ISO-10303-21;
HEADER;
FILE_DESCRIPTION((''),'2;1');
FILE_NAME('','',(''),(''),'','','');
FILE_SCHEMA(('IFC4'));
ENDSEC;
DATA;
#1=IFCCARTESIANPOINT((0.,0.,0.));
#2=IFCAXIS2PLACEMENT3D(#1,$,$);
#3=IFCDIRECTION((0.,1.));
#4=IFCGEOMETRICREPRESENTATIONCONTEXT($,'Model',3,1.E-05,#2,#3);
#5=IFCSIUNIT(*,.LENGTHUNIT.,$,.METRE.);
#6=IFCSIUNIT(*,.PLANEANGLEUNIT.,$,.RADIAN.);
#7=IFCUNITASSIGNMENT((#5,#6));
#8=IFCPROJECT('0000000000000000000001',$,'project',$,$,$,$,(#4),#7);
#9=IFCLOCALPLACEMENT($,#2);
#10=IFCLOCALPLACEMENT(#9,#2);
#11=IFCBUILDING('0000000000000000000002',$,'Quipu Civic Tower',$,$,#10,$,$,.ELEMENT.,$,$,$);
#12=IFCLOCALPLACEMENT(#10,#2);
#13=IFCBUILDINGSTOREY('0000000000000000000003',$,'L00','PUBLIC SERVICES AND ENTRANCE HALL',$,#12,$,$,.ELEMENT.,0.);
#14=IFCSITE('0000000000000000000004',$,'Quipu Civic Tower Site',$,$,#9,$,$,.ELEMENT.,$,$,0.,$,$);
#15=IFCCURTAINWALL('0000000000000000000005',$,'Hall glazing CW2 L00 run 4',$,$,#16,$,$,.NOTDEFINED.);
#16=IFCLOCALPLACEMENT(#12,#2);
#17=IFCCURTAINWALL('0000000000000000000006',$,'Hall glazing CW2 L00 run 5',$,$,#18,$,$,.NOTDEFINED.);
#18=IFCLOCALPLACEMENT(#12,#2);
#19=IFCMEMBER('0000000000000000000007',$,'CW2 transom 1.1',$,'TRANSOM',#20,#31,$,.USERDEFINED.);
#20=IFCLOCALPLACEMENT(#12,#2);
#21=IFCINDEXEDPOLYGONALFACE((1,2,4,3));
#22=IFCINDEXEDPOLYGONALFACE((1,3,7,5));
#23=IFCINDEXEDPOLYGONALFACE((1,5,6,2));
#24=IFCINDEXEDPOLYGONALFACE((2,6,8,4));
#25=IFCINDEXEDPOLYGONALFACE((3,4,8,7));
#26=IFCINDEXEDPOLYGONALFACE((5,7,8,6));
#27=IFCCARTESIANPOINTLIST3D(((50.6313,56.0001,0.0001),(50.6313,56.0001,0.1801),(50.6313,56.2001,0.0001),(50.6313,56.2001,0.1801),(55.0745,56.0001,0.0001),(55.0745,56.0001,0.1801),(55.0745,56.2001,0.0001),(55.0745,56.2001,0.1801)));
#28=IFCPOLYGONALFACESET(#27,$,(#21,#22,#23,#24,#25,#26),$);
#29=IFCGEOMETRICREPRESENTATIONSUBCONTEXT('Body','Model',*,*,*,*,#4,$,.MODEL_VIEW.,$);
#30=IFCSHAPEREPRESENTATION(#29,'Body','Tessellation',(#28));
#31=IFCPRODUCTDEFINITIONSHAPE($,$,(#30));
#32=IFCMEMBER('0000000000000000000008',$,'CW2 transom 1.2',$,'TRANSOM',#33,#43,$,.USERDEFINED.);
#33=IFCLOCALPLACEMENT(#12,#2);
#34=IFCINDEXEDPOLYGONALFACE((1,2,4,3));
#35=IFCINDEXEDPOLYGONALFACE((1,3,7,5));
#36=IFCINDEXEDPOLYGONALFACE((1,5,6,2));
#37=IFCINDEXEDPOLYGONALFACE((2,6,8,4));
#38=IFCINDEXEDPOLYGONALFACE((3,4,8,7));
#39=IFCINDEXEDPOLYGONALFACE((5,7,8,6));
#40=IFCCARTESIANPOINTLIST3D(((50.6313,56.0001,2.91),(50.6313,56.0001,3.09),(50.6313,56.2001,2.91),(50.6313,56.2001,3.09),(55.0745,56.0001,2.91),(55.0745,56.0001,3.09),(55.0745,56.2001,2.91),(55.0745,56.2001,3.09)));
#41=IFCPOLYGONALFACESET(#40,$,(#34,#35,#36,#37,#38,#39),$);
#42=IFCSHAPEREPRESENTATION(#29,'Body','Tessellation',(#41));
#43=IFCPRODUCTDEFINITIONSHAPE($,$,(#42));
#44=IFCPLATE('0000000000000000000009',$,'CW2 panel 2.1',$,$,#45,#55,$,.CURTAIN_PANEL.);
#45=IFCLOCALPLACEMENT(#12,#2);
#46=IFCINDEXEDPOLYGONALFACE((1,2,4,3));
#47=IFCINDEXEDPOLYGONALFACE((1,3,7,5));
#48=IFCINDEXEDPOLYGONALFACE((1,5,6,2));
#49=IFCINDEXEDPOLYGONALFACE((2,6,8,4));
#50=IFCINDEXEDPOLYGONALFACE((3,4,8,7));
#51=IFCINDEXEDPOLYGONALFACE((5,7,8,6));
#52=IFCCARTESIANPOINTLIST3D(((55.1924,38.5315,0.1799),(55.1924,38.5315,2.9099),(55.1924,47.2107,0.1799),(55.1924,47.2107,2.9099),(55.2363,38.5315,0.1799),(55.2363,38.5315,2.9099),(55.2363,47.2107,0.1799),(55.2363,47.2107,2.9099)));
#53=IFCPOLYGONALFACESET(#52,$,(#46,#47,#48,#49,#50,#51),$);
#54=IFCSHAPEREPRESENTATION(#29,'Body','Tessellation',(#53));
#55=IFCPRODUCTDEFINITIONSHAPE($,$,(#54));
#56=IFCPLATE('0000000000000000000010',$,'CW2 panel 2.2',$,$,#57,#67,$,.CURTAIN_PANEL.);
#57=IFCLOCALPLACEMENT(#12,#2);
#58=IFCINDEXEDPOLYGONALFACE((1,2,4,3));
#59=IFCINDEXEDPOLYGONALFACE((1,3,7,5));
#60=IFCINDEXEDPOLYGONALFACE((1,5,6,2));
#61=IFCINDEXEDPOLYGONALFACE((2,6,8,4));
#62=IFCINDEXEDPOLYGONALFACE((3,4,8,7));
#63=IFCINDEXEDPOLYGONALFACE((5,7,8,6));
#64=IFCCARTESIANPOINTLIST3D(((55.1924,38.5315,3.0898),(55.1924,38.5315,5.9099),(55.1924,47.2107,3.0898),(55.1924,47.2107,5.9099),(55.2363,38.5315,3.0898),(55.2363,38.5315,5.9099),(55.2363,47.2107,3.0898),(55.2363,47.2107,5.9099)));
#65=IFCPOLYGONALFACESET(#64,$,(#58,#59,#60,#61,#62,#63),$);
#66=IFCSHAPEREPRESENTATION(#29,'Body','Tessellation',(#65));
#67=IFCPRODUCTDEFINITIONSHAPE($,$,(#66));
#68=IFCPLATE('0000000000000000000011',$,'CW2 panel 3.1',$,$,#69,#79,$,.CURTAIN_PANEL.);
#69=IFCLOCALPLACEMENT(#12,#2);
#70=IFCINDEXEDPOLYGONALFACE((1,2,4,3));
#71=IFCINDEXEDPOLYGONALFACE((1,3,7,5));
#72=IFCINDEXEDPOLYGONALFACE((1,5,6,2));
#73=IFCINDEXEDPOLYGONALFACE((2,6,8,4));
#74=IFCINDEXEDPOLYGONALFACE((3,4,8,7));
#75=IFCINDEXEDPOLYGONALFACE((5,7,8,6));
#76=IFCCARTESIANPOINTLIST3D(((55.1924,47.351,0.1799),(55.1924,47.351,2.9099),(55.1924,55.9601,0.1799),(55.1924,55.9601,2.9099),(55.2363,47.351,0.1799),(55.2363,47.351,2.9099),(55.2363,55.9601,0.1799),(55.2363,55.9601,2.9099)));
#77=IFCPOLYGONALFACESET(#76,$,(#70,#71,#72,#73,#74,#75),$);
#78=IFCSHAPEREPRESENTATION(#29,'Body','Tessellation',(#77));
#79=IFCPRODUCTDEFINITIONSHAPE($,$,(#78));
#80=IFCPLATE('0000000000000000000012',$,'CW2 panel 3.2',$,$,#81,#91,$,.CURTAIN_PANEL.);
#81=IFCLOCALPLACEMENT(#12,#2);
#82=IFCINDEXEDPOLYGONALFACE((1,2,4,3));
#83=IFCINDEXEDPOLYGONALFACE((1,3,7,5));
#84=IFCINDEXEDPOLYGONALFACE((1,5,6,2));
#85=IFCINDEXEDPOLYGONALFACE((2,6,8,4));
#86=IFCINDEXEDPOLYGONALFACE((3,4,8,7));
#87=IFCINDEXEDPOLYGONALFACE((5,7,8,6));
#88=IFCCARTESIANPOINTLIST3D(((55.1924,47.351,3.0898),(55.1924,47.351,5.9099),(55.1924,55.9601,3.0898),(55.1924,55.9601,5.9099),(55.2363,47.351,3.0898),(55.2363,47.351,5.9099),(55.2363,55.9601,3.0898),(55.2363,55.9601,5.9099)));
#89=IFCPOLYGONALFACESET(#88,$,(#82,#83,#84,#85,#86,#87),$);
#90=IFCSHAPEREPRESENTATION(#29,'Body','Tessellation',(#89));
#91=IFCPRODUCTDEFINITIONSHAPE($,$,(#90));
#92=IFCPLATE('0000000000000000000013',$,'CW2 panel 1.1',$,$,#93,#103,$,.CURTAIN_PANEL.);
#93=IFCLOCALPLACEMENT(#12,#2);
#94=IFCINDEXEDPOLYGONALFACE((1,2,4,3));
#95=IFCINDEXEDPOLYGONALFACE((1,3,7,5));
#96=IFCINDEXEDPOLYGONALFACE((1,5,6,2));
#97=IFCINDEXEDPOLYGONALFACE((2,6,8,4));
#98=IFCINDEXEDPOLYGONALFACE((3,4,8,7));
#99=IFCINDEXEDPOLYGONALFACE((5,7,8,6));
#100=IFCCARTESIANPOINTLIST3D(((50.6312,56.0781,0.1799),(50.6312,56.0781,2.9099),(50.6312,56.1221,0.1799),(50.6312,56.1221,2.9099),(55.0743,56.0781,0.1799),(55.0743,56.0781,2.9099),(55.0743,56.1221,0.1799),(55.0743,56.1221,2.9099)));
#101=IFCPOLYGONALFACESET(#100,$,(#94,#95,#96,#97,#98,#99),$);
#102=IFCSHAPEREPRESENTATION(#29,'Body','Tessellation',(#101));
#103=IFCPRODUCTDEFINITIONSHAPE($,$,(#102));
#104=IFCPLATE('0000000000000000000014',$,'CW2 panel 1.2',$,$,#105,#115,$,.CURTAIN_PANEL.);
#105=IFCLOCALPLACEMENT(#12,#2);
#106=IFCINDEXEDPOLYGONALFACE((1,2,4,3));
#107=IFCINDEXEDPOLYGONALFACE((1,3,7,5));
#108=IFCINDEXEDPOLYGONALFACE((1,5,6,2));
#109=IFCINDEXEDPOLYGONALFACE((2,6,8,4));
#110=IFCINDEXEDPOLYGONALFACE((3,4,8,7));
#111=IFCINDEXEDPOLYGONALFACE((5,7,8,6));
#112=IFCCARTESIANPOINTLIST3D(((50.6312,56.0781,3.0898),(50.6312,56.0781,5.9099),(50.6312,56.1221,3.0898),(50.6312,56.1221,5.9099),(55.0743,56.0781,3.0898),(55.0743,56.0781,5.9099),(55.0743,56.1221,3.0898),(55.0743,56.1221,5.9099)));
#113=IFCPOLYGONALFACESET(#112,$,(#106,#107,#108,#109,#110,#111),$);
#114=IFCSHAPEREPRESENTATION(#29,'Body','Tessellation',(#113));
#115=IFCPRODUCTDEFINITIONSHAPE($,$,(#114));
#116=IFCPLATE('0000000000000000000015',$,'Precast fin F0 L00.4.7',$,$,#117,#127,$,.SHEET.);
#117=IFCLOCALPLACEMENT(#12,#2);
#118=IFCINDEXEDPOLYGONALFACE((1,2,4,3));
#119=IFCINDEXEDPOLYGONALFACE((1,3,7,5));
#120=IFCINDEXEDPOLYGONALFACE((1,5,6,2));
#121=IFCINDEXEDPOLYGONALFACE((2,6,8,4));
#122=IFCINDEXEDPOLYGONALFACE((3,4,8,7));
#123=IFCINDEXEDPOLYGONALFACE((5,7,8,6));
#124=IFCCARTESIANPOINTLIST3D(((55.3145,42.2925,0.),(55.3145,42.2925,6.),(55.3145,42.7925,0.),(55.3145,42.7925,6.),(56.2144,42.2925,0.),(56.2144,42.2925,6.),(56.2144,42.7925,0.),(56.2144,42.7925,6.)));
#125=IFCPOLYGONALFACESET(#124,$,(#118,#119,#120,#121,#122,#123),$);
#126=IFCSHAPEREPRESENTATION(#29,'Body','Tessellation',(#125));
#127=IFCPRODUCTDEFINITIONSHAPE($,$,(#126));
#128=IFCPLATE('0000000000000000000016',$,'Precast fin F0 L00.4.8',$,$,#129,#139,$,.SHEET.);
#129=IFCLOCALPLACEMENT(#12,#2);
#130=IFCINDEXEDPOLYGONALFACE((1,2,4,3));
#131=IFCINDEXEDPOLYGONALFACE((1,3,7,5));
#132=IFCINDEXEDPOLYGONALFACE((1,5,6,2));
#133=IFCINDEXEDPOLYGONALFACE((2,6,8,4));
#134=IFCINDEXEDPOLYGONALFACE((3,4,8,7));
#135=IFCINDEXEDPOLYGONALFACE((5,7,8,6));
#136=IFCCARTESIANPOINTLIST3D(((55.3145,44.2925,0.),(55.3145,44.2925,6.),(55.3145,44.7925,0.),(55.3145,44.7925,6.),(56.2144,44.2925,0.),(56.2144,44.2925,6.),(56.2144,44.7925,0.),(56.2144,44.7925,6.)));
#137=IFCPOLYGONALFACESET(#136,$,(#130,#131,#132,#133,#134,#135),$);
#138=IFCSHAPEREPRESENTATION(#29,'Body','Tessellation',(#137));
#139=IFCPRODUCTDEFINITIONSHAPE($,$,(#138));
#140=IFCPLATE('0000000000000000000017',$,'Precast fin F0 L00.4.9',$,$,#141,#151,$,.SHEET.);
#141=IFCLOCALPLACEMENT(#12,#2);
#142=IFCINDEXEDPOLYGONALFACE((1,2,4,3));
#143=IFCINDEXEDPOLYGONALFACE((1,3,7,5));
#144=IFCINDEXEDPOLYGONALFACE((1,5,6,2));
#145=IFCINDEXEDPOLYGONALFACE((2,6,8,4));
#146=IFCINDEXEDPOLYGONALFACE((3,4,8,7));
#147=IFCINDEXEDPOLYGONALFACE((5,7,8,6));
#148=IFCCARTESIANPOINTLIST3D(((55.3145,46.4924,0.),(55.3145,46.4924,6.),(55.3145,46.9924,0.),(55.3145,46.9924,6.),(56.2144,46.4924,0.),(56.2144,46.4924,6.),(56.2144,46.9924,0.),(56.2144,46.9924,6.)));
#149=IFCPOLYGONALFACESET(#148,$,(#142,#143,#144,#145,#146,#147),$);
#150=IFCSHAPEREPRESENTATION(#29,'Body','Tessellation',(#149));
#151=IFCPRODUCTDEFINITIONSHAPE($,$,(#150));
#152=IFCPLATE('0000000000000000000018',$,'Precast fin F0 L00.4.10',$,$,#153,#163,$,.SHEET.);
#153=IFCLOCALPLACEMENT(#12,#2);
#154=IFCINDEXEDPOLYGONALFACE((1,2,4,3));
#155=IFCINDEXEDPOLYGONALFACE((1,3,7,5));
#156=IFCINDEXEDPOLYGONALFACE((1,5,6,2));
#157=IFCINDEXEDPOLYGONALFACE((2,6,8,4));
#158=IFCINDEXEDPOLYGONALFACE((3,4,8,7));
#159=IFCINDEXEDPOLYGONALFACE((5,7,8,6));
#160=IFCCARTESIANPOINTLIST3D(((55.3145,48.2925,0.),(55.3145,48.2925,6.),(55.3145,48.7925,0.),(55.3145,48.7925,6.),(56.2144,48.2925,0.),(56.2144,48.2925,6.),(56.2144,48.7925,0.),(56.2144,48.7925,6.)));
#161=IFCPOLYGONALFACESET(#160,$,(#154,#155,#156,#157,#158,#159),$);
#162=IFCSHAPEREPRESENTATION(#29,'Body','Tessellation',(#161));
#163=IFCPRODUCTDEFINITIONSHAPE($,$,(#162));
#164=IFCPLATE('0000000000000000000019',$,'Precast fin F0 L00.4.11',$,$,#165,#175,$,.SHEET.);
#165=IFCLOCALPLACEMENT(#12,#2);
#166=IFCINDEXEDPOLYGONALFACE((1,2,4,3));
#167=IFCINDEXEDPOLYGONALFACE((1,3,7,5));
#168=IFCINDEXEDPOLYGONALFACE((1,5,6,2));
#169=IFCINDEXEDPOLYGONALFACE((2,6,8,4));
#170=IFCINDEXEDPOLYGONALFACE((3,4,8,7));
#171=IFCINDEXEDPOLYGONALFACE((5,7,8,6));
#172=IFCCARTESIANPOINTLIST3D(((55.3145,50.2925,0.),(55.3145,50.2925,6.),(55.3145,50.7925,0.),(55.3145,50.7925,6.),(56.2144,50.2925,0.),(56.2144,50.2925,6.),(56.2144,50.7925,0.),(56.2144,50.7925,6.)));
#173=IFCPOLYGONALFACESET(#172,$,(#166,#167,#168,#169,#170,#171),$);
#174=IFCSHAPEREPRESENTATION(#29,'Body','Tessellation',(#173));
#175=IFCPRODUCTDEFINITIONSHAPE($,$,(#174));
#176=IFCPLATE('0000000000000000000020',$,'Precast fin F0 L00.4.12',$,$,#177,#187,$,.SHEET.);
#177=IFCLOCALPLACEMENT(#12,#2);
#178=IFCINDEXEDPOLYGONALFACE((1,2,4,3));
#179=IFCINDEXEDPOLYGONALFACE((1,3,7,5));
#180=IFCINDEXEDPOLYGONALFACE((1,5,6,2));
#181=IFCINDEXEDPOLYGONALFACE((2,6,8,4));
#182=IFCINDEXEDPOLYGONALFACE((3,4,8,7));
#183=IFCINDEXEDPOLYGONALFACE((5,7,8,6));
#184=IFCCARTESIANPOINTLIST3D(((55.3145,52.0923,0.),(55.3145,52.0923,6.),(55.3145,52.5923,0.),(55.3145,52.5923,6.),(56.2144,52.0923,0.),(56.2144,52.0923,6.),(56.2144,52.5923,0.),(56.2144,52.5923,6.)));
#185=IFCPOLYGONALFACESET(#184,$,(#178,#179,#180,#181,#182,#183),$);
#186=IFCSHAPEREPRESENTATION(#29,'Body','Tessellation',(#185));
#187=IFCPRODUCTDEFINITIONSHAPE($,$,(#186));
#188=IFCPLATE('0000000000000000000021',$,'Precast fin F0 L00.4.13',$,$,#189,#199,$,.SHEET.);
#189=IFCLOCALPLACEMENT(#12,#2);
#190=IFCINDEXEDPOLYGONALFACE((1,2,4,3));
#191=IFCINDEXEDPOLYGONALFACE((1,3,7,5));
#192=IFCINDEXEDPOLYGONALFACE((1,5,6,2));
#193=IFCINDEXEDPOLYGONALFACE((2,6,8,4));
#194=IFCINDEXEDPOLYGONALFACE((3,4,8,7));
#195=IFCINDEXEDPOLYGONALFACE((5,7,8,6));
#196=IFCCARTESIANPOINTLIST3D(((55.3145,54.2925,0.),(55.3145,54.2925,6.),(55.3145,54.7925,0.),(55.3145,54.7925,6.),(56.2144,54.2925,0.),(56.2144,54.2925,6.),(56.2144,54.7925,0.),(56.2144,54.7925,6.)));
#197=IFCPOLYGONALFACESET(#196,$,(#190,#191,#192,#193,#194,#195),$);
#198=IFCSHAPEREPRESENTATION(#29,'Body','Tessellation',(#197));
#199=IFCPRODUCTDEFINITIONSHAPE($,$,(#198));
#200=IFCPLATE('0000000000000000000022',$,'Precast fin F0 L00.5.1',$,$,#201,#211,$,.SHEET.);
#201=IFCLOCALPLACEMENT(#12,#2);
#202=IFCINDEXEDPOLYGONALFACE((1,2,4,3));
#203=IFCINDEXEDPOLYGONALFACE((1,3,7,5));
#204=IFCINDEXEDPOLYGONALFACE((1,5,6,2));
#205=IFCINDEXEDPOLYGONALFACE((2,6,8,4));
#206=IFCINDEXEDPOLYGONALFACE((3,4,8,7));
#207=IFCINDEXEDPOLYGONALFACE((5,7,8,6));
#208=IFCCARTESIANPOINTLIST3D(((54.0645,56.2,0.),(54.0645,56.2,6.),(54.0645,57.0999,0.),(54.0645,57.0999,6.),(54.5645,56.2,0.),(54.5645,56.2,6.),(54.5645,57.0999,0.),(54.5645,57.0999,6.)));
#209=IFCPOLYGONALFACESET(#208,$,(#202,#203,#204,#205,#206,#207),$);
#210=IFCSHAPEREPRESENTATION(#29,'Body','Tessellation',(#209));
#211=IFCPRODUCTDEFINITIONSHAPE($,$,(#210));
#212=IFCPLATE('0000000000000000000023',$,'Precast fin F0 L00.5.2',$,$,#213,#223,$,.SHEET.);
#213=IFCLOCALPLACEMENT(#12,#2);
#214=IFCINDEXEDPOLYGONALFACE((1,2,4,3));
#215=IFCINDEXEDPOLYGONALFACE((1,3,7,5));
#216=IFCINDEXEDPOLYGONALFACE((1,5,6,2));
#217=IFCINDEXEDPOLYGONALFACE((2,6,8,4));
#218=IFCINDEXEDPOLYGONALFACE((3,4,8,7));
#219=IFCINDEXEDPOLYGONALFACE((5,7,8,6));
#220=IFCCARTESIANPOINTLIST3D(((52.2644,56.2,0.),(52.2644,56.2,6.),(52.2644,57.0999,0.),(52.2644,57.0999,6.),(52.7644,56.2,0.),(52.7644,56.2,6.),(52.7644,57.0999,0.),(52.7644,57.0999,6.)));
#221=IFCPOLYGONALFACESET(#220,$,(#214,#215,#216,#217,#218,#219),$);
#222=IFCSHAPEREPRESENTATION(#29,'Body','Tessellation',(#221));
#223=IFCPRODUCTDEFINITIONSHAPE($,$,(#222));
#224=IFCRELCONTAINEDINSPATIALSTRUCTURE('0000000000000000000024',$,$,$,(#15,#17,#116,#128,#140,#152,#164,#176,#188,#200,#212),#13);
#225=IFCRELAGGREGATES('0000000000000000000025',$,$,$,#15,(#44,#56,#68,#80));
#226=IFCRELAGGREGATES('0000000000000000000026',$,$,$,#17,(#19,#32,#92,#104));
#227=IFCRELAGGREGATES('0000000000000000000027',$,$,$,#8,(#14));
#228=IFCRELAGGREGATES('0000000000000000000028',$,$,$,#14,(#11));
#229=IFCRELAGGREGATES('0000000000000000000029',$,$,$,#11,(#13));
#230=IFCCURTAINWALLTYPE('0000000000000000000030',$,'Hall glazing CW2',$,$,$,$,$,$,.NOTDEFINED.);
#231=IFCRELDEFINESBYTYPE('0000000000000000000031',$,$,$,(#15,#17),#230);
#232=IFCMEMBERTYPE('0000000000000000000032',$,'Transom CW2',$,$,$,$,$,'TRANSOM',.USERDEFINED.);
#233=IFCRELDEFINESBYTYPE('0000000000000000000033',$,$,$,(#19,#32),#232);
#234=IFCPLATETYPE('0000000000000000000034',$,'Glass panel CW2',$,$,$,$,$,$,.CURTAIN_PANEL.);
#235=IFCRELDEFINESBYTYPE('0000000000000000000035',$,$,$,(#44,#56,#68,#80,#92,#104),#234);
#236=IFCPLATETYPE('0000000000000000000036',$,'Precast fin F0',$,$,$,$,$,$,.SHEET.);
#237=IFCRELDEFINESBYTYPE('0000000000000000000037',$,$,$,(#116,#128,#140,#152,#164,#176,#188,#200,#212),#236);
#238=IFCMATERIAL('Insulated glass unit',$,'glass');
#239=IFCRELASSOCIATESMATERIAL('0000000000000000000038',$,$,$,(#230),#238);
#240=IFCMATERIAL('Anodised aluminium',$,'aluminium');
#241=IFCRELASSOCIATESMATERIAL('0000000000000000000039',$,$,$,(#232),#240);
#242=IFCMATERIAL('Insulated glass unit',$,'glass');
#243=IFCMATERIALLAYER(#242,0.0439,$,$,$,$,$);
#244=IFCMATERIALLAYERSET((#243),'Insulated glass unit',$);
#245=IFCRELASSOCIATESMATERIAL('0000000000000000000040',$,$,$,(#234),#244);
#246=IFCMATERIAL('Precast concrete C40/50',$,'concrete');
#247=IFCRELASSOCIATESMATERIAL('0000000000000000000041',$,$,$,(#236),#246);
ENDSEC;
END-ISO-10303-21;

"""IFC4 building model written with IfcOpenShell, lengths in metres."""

from ifc_helpers import new_model, si_unit, direction, frame, origin, origin_2d, place, context, subcontext, project, spatial, rectangle, extrude, material, layer, layer_set, material_profile, profile_set, type_object, element, aggregate, save


model = new_model("IFC4")

# Units and contexts
model_context = context("Model", 3, precision=1e-05, world=origin(), true_north=direction((0.0, 1.0)))
body_context = subcontext(model_context, "Body", "Model", "MODEL_VIEW")
ifc_project = project(units=[si_unit("LENGTHUNIT", "METRE"), si_unit("PLANEANGLEUNIT", "RADIAN")], contexts=[model_context])

# Site, building, storey
site_placement = place(None, origin())
site = spatial("IfcSite", under=ifc_project, at=site_placement, Name="Quipu Civic Tower Site", CompositionType="ELEMENT", RefElevation=0.0)
building_placement = place(site_placement, origin())
building = spatial("IfcBuilding", under=site, at=building_placement, Name="Quipu Civic Tower", CompositionType="ELEMENT")
storey_placement = place(building_placement, origin())
storey = spatial("IfcBuildingStorey", under=building, at=storey_placement, Name="L00", Description="PUBLIC SERVICES AND ENTRANCE HALL", CompositionType="ELEMENT", Elevation=0.0)

# Curtain walls
ifc_material_1 = material(Name="Insulated glass unit", Category="glass")
curtain_wall_type = type_object("IfcCurtainWallType", Name="Hall glazing CW2", PredefinedType="NOTDEFINED", material=ifc_material_1)
curtain_wall_1_placement = place(storey_placement, origin())
curtain_wall_1 = element("IfcCurtainWall", 1, at=curtain_wall_1_placement, inside=storey, type_object=curtain_wall_type, Name="Hall glazing CW2 L00 run 4", PredefinedType="NOTDEFINED")
curtain_wall_2_placement = place(storey_placement, origin())
curtain_wall_2 = element("IfcCurtainWall", 2, at=curtain_wall_2_placement, inside=storey, type_object=curtain_wall_type, Name="Hall glazing CW2 L00 run 5", PredefinedType="NOTDEFINED")

# Members
ifc_material_2 = material(Name="Anodised aluminium", Category="aluminium")
ifc_material_profile_1 = material_profile(ifc_material_2, rectangle(XDim=0.2, YDim=0.1799, at=origin_2d()), Name="RECT 200x180")
ifc_profile_set_1 = profile_set([ifc_material_profile_1], Name="Anodised aluminium")
member_type_1 = type_object("IfcMemberType", Name="Transom CW2", ElementType="TRANSOM", PredefinedType="USERDEFINED", material=ifc_profile_set_1)
member_1_placement = place(storey_placement, frame((55.0745, 56.1001, 0.0901), z_axis=(-1.0, 0.0, 0.0), x_axis=(0.0, -1.0, 0.0)))
member_1 = element("IfcMember", 3, at=member_1_placement, type_object=member_type_1, Name="CW2 transom 1.1", ObjectType="TRANSOM", PredefinedType="USERDEFINED", context=body_context, shape_type="SweptSolid", body=[
    extrude(rectangle(XDim=0.2, YDim=0.1799, at=origin_2d()), origin(), (0.0, 0.0, 1.0), 4.4431),
])
member_2_placement = place(storey_placement, frame((55.0745, 56.1001, 3.0), z_axis=(-1.0, 0.0, 0.0), x_axis=(0.0, -1.0, 0.0)))
member_2 = element("IfcMember", 4, at=member_2_placement, type_object=member_type_1, Name="CW2 transom 1.2", ObjectType="TRANSOM", PredefinedType="USERDEFINED", context=body_context, shape_type="SweptSolid", body=[
    extrude(rectangle(XDim=0.2, YDim=0.1799, at=origin_2d()), origin(), (0.0, 0.0, 1.0), 4.4431),
])

# Plates
ifc_material_3 = material(Name="Insulated glass unit", Category="glass")
ifc_layer = layer(ifc_material_3, 0.0439)
ifc_layer_set = layer_set([ifc_layer], Name="Insulated glass unit")
plate_type_1 = type_object("IfcPlateType", Name="Glass panel CW2", PredefinedType="CURTAIN_PANEL", material=ifc_layer_set)
plate_1_placement = place(storey_placement, frame((55.2144, 42.8711, 0.1799), z_axis=(0.0, 0.0, 1.0), x_axis=(0.0, 1.0, 0.0)))
plate_1 = element("IfcPlate", 5, at=plate_1_placement, type_object=plate_type_1, Name="CW2 panel 2.1", PredefinedType="CURTAIN_PANEL", context=body_context, shape_type="SweptSolid", body=[
    extrude(rectangle(XDim=8.6792, YDim=0.0439, at=origin_2d()), origin(), (0.0, 0.0, 1.0), 2.73),
])
plate_2_placement = place(storey_placement, frame((55.2144, 42.8711, 3.0898), z_axis=(0.0, 0.0, 1.0), x_axis=(0.0, 1.0, 0.0)))
plate_2 = element("IfcPlate", 6, at=plate_2_placement, type_object=plate_type_1, Name="CW2 panel 2.2", PredefinedType="CURTAIN_PANEL", context=body_context, shape_type="SweptSolid", body=[
    extrude(rectangle(XDim=8.6792, YDim=0.0439, at=origin_2d()), origin(), (0.0, 0.0, 1.0), 2.8201),
])
plate_3_placement = place(storey_placement, frame((55.2144, 51.6555, 0.1799), z_axis=(0.0, 0.0, 1.0), x_axis=(0.0, 1.0, 0.0)))
plate_3 = element("IfcPlate", 7, at=plate_3_placement, type_object=plate_type_1, Name="CW2 panel 3.1", PredefinedType="CURTAIN_PANEL", context=body_context, shape_type="SweptSolid", body=[
    extrude(rectangle(XDim=8.6091, YDim=0.0439, at=origin_2d()), origin(), (0.0, 0.0, 1.0), 2.73),
])
plate_4_placement = place(storey_placement, frame((55.2144, 51.6555, 3.0898), z_axis=(0.0, 0.0, 1.0), x_axis=(0.0, 1.0, 0.0)))
plate_4 = element("IfcPlate", 8, at=plate_4_placement, type_object=plate_type_1, Name="CW2 panel 3.2", PredefinedType="CURTAIN_PANEL", context=body_context, shape_type="SweptSolid", body=[
    extrude(rectangle(XDim=8.6091, YDim=0.0439, at=origin_2d()), origin(), (0.0, 0.0, 1.0), 2.8201),
])
aggregate(curtain_wall_1, [plate_1, plate_2, plate_3, plate_4])
plate_5_placement = place(storey_placement, frame((52.8528, 56.1001, 0.1799), z_axis=(0.0, 0.0, 1.0), x_axis=(-1.0, 0.0, 0.0)))
plate_5 = element("IfcPlate", 9, at=plate_5_placement, type_object=plate_type_1, Name="CW2 panel 1.1", PredefinedType="CURTAIN_PANEL", context=body_context, shape_type="SweptSolid", body=[
    extrude(rectangle(XDim=4.4431, YDim=0.0439, at=origin_2d()), origin(), (0.0, 0.0, 1.0), 2.73),
])
plate_6_placement = place(storey_placement, frame((52.8528, 56.1001, 3.0898), z_axis=(0.0, 0.0, 1.0), x_axis=(-1.0, 0.0, 0.0)))
plate_6 = element("IfcPlate", 10, at=plate_6_placement, type_object=plate_type_1, Name="CW2 panel 1.2", PredefinedType="CURTAIN_PANEL", context=body_context, shape_type="SweptSolid", body=[
    extrude(rectangle(XDim=4.4431, YDim=0.0439, at=origin_2d()), origin(), (0.0, 0.0, 1.0), 2.8201),
])
aggregate(curtain_wall_2, [member_1, member_2, plate_5, plate_6])

# Plates
ifc_material_4 = material(Name="Precast concrete C40/50", Category="concrete")
plate_type_2 = type_object("IfcPlateType", Name="Precast fin F0", PredefinedType="SHEET", material=ifc_material_4)
for number, where, z_axis, x_axis, name in (
    (11, (55.7644, 42.5425, 0.0), (0.0, 0.0, 1.0), (0.0, 1.0, 0.0), "Precast fin F0 L00.4.7"),
    (12, (55.7644, 44.5425, 0.0), (0.0, 0.0, 1.0), (0.0, 1.0, 0.0), "Precast fin F0 L00.4.8"),
    (13, (55.7644, 46.7424, 0.0), (0.0, 0.0, 1.0), (0.0, 1.0, 0.0), "Precast fin F0 L00.4.9"),
    (14, (55.7644, 48.5425, 0.0), (0.0, 0.0, 1.0), (0.0, 1.0, 0.0), "Precast fin F0 L00.4.10"),
    (15, (55.7644, 50.5425, 0.0), (0.0, 0.0, 1.0), (0.0, 1.0, 0.0), "Precast fin F0 L00.4.11"),
    (16, (55.7644, 52.3423, 0.0), (0.0, 0.0, 1.0), (0.0, 1.0, 0.0), "Precast fin F0 L00.4.12"),
    (17, (55.7644, 54.5425, 0.0), (0.0, 0.0, 1.0), (0.0, 1.0, 0.0), "Precast fin F0 L00.4.13"),
    (18, (54.3145, 56.6499, 0.0), (0.0, 0.0, 1.0), (-1.0, 0.0, 0.0), "Precast fin F0 L00.5.1"),
    (19, (52.5144, 56.6499, 0.0), (0.0, 0.0, 1.0), (-1.0, 0.0, 0.0), "Precast fin F0 L00.5.2"),
):
    element("IfcPlate", number, at=place(storey_placement, frame(where, z_axis=z_axis, x_axis=x_axis)), inside=storey, type_object=plate_type_2, Name=name, PredefinedType="SHEET", context=body_context, shape_type="SweptSolid", body=[
        extrude(rectangle(XDim=0.5, YDim=0.8999, at=origin_2d()), origin(), (0.0, 0.0, 1.0), 6.0),
    ])

save(model, "model.ifc")
